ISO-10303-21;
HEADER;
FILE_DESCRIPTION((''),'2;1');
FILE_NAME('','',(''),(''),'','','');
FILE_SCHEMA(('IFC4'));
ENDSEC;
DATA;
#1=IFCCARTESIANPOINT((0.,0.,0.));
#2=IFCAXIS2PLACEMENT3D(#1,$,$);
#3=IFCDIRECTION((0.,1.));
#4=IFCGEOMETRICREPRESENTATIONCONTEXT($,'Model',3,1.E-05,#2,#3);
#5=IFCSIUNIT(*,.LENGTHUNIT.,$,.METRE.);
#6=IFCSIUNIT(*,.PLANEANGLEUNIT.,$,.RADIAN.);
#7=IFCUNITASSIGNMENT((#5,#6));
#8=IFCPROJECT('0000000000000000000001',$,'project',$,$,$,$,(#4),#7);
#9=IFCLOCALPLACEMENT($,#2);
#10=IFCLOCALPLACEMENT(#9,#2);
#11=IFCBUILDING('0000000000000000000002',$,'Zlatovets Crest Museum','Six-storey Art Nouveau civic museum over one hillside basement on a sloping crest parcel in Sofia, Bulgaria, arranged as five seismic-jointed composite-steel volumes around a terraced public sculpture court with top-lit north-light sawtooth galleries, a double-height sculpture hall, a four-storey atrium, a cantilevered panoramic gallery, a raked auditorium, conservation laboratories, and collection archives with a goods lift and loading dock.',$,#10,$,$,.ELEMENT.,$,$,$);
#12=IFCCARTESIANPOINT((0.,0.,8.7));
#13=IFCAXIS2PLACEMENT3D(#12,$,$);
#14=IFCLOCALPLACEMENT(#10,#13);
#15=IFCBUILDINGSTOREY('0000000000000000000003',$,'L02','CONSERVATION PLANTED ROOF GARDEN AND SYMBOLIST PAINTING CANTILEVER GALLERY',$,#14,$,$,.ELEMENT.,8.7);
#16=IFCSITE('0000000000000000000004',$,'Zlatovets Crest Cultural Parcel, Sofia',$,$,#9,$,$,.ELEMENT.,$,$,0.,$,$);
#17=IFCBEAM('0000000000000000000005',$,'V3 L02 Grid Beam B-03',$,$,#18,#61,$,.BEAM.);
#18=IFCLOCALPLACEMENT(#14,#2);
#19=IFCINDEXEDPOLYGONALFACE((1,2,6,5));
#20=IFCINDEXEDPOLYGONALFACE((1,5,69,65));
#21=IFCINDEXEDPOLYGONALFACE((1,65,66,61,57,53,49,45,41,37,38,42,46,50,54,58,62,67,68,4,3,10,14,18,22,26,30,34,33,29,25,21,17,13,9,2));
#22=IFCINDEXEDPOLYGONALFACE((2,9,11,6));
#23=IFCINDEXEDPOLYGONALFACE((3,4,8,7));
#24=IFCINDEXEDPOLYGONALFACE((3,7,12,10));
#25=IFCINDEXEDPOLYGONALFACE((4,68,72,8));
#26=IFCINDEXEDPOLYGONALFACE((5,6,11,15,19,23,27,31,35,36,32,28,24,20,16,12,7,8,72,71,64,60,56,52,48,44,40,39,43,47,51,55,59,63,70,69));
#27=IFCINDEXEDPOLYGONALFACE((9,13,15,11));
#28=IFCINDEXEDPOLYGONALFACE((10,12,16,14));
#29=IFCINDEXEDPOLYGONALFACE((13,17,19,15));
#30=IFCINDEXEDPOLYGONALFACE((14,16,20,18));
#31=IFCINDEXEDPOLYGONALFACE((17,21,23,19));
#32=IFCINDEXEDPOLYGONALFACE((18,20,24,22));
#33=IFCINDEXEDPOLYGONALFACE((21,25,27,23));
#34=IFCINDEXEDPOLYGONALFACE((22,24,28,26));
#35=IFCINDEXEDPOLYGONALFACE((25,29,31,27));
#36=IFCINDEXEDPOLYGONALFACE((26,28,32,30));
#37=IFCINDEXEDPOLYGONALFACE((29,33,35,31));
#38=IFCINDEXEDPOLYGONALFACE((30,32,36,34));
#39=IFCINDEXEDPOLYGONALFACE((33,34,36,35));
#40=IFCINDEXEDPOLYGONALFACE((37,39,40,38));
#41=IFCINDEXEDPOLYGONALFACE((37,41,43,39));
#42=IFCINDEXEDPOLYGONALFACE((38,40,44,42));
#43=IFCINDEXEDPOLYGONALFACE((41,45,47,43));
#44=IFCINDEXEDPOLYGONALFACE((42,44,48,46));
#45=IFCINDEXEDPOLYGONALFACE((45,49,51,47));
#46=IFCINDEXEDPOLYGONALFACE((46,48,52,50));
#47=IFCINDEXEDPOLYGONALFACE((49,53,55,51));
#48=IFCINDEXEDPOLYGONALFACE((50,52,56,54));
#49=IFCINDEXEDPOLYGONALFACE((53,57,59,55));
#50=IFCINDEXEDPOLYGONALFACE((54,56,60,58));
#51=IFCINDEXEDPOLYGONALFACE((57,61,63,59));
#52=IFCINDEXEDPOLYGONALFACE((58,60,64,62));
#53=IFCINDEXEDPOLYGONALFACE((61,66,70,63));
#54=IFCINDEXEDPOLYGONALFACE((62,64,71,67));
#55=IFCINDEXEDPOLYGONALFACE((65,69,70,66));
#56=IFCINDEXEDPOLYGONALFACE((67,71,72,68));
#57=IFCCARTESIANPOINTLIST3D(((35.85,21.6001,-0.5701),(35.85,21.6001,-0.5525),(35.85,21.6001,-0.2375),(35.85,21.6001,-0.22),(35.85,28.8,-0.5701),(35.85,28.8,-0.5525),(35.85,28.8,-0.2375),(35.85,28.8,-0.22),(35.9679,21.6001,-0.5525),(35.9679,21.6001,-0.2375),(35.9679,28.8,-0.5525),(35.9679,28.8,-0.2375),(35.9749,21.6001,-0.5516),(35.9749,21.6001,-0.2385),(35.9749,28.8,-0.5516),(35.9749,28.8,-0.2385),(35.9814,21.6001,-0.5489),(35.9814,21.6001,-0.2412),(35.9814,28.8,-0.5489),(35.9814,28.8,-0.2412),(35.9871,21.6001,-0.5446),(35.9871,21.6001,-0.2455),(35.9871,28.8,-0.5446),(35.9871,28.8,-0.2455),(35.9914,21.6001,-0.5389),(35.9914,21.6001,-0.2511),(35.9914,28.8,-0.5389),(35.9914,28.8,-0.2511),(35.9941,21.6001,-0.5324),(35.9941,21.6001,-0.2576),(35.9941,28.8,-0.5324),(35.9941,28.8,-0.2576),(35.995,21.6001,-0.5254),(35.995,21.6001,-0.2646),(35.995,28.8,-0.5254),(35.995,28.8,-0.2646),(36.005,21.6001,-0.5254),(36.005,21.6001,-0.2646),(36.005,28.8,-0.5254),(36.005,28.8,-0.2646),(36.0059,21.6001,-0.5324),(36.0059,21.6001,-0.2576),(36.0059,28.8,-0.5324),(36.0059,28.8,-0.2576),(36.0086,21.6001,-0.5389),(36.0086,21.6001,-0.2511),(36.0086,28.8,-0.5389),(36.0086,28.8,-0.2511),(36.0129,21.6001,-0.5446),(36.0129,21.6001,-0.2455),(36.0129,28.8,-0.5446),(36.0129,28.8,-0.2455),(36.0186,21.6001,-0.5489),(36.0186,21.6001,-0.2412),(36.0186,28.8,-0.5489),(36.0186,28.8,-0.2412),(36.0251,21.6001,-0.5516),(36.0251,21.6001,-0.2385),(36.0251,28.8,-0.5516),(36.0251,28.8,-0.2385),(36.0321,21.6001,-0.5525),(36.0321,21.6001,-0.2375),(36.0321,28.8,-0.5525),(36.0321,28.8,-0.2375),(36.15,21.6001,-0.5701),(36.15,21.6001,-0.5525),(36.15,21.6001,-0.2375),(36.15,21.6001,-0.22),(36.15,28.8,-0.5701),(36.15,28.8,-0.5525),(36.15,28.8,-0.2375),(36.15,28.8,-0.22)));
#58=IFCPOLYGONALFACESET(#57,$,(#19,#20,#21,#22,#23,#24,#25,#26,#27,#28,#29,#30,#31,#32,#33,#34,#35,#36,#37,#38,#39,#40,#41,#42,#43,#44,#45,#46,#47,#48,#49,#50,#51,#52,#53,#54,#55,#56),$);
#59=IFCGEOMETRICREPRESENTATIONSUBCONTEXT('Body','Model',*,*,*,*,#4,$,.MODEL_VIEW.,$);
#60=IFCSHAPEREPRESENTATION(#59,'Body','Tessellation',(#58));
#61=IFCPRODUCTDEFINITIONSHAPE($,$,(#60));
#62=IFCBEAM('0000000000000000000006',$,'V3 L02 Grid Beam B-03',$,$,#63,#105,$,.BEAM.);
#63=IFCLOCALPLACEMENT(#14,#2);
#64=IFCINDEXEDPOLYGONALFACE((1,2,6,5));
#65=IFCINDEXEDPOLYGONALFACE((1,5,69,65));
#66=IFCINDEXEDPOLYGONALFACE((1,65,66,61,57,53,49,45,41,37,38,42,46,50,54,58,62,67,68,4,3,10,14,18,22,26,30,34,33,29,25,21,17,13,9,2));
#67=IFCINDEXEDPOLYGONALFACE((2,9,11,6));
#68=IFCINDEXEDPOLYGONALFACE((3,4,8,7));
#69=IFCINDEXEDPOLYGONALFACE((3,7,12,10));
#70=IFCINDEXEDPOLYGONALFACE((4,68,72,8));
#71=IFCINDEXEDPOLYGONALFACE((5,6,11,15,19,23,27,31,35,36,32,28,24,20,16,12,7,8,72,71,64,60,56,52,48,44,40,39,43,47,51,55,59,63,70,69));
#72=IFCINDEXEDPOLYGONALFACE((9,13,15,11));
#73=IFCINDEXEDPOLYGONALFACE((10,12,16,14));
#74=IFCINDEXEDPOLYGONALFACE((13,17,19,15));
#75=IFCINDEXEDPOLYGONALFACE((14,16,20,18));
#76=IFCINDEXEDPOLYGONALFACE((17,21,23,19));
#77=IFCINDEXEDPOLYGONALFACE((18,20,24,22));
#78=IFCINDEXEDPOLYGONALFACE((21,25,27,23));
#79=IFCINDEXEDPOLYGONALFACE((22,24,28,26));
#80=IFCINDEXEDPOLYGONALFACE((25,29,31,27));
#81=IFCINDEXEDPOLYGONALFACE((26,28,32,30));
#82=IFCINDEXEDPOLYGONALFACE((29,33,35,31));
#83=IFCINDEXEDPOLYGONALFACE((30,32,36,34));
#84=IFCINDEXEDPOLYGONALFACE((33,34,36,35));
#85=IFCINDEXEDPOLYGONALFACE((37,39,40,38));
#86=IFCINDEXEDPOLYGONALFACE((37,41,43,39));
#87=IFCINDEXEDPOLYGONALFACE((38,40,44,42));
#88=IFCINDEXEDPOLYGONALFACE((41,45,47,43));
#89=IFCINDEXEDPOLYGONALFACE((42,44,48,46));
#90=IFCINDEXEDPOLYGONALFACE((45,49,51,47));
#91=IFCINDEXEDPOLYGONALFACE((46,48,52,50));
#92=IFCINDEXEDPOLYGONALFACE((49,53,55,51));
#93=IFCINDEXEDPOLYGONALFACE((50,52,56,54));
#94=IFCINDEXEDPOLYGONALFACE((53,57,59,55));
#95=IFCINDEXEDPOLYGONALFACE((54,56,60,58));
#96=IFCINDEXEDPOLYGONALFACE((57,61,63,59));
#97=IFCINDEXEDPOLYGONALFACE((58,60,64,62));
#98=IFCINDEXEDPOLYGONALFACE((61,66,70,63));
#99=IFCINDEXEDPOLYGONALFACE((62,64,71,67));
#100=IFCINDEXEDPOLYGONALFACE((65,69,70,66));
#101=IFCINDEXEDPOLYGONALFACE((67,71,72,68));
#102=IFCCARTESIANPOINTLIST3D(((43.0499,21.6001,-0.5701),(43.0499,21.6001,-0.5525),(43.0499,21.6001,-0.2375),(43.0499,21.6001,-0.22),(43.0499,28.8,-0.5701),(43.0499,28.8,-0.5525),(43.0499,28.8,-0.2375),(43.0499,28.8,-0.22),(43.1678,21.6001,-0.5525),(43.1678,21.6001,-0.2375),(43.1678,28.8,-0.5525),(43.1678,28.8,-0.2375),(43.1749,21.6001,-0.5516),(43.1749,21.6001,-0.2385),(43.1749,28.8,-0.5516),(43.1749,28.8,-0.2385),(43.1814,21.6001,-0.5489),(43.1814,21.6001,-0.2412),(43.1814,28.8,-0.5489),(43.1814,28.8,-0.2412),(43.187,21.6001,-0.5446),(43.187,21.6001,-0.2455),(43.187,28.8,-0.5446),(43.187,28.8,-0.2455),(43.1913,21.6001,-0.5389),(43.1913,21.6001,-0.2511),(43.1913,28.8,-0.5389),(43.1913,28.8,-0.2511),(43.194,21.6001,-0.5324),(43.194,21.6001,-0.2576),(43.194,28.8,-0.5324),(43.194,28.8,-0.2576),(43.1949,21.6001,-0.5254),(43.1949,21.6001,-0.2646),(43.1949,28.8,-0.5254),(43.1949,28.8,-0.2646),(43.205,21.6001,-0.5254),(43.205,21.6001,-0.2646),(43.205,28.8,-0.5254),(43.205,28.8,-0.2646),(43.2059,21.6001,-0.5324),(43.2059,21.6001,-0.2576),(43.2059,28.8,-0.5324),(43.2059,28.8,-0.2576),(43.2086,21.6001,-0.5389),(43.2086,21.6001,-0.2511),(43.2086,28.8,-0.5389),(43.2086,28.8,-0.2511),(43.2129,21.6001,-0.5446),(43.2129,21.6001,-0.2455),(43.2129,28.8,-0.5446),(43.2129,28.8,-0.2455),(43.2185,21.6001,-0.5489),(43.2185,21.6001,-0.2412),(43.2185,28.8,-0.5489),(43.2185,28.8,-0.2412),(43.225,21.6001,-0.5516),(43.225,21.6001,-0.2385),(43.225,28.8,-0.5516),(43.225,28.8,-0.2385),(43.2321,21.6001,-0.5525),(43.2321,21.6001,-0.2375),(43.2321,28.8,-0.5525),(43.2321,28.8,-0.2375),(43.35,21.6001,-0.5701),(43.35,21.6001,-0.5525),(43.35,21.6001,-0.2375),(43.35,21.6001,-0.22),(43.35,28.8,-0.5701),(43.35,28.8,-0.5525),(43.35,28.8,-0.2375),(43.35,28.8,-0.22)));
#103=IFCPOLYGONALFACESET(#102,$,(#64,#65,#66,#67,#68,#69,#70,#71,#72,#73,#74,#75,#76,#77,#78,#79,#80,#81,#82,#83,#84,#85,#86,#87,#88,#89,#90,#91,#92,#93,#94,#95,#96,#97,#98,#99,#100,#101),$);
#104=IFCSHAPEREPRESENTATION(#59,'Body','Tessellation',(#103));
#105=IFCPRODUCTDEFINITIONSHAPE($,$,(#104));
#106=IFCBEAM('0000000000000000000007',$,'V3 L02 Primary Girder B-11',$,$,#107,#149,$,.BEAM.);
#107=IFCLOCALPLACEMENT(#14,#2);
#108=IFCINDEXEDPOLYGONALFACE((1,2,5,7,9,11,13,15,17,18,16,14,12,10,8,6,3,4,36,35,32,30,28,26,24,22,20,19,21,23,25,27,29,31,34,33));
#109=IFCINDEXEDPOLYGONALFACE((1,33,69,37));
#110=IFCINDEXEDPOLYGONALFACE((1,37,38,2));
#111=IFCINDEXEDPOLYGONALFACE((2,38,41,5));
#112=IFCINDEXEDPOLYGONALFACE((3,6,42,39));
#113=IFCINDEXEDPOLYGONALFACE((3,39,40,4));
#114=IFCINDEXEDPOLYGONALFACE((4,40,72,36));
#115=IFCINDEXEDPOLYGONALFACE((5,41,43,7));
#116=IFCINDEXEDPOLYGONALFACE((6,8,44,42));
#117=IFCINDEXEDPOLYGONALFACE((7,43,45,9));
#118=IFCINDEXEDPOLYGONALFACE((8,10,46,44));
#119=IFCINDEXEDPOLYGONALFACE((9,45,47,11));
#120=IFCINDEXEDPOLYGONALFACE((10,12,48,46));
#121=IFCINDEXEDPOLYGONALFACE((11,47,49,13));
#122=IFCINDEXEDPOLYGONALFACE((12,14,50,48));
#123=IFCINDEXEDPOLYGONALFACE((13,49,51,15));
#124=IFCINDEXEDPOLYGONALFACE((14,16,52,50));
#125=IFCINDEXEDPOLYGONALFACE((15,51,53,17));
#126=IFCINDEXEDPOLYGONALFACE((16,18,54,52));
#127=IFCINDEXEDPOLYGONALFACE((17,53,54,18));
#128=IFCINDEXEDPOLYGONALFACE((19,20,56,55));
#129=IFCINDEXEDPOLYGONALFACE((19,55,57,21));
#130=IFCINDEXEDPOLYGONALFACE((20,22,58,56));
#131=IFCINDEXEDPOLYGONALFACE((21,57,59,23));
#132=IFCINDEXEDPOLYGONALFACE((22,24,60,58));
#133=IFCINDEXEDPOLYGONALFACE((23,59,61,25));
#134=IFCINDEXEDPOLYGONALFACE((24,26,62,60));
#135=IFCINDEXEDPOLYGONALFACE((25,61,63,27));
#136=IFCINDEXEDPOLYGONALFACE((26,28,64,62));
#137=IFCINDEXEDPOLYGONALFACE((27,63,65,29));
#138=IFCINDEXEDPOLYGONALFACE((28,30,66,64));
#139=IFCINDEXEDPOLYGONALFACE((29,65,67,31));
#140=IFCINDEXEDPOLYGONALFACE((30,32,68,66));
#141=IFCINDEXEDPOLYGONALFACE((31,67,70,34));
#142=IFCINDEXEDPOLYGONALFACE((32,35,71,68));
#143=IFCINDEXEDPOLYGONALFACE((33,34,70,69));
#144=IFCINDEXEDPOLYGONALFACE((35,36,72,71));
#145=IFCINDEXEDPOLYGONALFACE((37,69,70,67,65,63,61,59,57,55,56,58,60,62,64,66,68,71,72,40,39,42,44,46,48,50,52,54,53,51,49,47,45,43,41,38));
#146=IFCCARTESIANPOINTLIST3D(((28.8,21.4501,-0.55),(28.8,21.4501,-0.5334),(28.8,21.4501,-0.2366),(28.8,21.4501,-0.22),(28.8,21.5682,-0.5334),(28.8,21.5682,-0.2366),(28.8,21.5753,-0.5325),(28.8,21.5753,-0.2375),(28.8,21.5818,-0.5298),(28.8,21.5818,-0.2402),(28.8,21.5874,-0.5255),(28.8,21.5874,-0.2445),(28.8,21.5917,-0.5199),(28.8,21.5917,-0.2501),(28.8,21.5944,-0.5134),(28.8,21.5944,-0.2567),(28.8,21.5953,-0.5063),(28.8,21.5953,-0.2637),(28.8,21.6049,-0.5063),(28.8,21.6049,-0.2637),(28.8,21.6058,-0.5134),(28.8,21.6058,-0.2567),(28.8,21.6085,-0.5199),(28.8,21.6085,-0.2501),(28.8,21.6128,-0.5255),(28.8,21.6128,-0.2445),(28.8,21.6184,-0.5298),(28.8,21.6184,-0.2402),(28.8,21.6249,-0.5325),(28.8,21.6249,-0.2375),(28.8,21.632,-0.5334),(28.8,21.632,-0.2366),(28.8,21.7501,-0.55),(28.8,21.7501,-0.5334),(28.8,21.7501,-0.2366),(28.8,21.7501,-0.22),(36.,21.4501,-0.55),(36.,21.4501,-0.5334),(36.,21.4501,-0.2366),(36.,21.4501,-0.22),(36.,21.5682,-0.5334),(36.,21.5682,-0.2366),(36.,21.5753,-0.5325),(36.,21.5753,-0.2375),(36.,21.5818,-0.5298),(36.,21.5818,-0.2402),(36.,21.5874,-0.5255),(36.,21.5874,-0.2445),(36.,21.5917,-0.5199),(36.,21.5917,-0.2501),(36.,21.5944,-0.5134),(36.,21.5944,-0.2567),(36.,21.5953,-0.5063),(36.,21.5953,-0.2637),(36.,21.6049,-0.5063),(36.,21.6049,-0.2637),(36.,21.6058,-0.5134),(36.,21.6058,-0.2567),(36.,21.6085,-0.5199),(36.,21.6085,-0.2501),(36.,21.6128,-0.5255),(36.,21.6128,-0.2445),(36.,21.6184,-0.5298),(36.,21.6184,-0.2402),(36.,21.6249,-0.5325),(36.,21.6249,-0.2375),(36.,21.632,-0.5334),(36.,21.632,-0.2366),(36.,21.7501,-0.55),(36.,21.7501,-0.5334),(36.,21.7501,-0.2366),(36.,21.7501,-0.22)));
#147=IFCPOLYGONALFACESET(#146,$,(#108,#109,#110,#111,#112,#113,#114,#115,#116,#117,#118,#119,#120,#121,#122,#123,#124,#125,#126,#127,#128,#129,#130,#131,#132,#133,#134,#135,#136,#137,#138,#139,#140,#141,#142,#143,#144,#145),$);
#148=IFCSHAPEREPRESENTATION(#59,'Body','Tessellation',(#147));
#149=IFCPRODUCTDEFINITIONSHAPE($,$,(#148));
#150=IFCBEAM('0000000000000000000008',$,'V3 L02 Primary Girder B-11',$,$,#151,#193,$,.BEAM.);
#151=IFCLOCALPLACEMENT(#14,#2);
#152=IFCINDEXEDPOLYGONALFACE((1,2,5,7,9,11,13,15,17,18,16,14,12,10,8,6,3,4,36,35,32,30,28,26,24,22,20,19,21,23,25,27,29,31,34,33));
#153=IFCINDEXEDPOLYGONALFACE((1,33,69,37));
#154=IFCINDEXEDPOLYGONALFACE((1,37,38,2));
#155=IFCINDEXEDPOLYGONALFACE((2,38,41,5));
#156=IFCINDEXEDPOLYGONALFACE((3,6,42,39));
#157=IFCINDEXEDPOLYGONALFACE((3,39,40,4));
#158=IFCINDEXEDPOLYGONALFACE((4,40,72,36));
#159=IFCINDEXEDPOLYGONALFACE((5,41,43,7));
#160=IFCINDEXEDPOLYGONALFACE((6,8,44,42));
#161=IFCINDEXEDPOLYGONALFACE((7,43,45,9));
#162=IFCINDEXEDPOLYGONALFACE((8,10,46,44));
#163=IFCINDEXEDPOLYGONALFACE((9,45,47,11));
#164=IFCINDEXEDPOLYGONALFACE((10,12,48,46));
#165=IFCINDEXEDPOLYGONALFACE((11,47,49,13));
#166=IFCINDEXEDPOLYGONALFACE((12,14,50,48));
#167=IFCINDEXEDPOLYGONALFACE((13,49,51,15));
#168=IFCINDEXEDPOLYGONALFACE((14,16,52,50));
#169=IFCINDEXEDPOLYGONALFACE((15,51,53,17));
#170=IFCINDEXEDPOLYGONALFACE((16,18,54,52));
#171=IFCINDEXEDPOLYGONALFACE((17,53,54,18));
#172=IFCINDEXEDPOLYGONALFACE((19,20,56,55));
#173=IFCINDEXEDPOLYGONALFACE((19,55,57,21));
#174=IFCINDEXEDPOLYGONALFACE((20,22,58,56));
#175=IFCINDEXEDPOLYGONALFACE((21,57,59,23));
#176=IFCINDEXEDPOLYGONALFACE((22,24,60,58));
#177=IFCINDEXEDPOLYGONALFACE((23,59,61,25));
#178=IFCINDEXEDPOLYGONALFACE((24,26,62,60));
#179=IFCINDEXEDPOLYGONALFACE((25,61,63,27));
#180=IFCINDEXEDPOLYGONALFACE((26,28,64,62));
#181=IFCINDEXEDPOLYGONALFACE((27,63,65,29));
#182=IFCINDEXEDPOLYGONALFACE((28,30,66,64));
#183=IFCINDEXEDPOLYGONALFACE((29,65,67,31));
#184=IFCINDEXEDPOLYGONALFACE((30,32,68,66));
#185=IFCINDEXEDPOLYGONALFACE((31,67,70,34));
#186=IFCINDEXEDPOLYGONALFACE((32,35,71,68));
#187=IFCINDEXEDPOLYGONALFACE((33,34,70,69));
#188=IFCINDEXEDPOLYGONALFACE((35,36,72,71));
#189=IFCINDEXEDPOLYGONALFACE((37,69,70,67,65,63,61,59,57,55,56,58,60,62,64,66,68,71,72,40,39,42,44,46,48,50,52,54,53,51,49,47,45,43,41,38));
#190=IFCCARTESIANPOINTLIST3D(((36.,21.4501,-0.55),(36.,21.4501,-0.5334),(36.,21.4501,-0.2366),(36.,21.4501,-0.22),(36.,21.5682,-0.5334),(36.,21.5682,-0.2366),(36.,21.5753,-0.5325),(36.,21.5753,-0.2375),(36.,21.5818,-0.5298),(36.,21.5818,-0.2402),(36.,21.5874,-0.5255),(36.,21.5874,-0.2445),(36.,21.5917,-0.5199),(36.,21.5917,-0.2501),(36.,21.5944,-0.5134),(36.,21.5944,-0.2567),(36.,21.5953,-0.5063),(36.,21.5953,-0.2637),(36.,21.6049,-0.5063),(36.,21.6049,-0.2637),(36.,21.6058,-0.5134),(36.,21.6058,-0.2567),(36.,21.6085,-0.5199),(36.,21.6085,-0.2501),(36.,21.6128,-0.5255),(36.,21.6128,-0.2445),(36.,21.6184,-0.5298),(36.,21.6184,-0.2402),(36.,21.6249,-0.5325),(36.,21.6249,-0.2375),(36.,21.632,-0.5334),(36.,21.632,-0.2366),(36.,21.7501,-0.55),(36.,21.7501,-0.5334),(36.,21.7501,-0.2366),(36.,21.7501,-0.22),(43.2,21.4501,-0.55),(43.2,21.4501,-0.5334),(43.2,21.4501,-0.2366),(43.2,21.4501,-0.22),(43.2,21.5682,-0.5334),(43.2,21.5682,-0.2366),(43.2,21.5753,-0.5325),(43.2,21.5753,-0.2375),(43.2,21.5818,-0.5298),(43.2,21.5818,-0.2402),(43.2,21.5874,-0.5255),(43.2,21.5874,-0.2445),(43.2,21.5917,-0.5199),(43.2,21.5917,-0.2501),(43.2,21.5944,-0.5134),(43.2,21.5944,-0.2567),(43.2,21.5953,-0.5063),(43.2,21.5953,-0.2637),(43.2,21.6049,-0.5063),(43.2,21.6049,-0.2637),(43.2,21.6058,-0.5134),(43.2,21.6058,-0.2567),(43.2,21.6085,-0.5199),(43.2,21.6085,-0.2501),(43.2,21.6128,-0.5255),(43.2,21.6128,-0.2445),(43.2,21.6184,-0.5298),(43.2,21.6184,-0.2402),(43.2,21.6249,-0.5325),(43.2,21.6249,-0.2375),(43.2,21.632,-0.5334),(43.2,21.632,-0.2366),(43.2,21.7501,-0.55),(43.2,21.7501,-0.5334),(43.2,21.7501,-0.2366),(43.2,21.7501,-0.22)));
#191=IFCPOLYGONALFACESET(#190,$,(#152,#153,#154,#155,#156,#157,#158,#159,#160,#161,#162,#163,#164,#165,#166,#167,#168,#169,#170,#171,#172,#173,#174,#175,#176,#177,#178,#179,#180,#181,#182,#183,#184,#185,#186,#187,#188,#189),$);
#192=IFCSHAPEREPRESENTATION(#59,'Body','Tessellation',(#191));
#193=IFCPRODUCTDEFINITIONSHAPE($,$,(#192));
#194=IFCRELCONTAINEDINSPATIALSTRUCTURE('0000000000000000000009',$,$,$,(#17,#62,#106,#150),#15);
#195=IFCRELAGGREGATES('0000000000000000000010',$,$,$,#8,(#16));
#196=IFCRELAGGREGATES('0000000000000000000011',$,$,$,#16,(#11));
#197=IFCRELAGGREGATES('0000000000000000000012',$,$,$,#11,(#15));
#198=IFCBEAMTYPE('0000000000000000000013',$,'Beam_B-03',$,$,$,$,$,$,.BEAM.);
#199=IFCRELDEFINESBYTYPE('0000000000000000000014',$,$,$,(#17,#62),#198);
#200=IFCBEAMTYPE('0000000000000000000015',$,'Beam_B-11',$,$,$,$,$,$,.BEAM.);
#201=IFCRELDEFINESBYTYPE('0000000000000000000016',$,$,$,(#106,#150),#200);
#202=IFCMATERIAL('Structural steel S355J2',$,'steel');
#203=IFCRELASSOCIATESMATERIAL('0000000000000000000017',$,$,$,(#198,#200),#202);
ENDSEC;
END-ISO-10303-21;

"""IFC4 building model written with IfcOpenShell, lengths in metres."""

from ifc_helpers import new_model, si_unit, direction, frame, origin, origin_2d, place, context, subcontext, project, spatial, i_section, extrude, material, material_profile, profile_set, type_object, element, save


model = new_model("IFC4")

# Units and contexts
model_context = context("Model", 3, precision=1e-05, world=origin(), true_north=direction((0.0, 1.0)))
body_context = subcontext(model_context, "Body", "Model", "MODEL_VIEW")
ifc_project = project(units=[si_unit("LENGTHUNIT", "METRE"), si_unit("PLANEANGLEUNIT", "RADIAN")], contexts=[model_context])

# Site, building, storey
site_placement = place(None, origin())
site = spatial("IfcSite", under=ifc_project, at=site_placement, Name="Zlatovets Crest Cultural Parcel, Sofia", CompositionType="ELEMENT", RefElevation=0.0)
building_placement = place(site_placement, origin())
building = spatial("IfcBuilding", under=site, at=building_placement, Name="Zlatovets Crest Museum", Description="Six-storey Art Nouveau civic museum over one hillside basement on a sloping crest parcel in Sofia, Bulgaria, arranged as five seismic-jointed composite-steel volumes around a terraced public sculpture court with top-lit north-light sawtooth galleries, a double-height sculpture hall, a four-storey atrium, a cantilevered panoramic gallery, a raked auditorium, conservation laboratories, and collection archives with a goods lift and loading dock.", CompositionType="ELEMENT")
storey_placement = place(building_placement, frame((0.0, 0.0, 8.7)))
storey = spatial("IfcBuildingStorey", under=building, at=storey_placement, Name="L02", Description="CONSERVATION PLANTED ROOF GARDEN AND SYMBOLIST PAINTING CANTILEVER GALLERY", CompositionType="ELEMENT", Elevation=8.7)

# Shared definitions
ifc_material_1 = material(Name="Structural steel S355J2", Category="steel")

# Beams
ifc_material_profile_1 = material_profile(ifc_material_1, i_section(OverallWidth=0.3, OverallDepth=0.3501, WebThickness=0.01, FlangeThickness=0.0176, FilletRadius=0.0271, at=origin_2d()), Name="HEA 360")
ifc_profile_set_1 = profile_set([ifc_material_profile_1], Name="Structural steel S355J2")
beam_type_1 = type_object("IfcBeamType", Name="Beam_B-03", PredefinedType="BEAM", material=ifc_profile_set_1)
for number, where, z_axis, x_axis, name in (
    (1, (36.0, 21.6001, -0.395), (0.0, 1.0, 0.0), (-1.0, 0.0, 0.0), "V3 L02 Grid Beam B-03"),
    (2, (43.2, 21.6001, -0.395), (0.0, 1.0, 0.0), (-1.0, 0.0, 0.0), "V3 L02 Grid Beam B-03"),
):
    element("IfcBeam", number, at=place(storey_placement, frame(where, z_axis=z_axis, x_axis=x_axis)), inside=storey, type_object=beam_type_1, Name=name, PredefinedType="BEAM", context=body_context, shape_type="SweptSolid", body=[
        extrude(i_section(OverallWidth=0.3, OverallDepth=0.3501, WebThickness=0.01, FlangeThickness=0.0176, FilletRadius=0.0271, at=origin_2d()), origin(), (0.0, 0.0, 1.0), 7.2),
    ])
ifc_material_profile_2 = material_profile(ifc_material_1, i_section(OverallWidth=0.3, OverallDepth=0.3301, WebThickness=0.0095, FlangeThickness=0.0166, FilletRadius=0.0271, at=origin_2d()), Name="HEA 340")
ifc_profile_set_2 = profile_set([ifc_material_profile_2], Name="Structural steel S355J2")
beam_type_2 = type_object("IfcBeamType", Name="Beam_B-11", PredefinedType="BEAM", material=ifc_profile_set_2)
for number, where, z_axis, x_axis, name in (
    (3, (28.8, 21.6001, -0.385), (1.0, 0.0, 0.0), (0.0, 1.0, 0.0), "V3 L02 Primary Girder B-11"),
    (4, (36.0, 21.6001, -0.385), (1.0, 0.0, 0.0), (0.0, 1.0, 0.0), "V3 L02 Primary Girder B-11"),
):
    element("IfcBeam", number, at=place(storey_placement, frame(where, z_axis=z_axis, x_axis=x_axis)), inside=storey, type_object=beam_type_2, Name=name, PredefinedType="BEAM", context=body_context, shape_type="SweptSolid", body=[
        extrude(i_section(OverallWidth=0.3, OverallDepth=0.3301, WebThickness=0.0095, FlangeThickness=0.0166, FilletRadius=0.0271, at=origin_2d()), origin(), (0.0, 0.0, 1.0), 7.2),
    ])

save(model, "model.ifc")
